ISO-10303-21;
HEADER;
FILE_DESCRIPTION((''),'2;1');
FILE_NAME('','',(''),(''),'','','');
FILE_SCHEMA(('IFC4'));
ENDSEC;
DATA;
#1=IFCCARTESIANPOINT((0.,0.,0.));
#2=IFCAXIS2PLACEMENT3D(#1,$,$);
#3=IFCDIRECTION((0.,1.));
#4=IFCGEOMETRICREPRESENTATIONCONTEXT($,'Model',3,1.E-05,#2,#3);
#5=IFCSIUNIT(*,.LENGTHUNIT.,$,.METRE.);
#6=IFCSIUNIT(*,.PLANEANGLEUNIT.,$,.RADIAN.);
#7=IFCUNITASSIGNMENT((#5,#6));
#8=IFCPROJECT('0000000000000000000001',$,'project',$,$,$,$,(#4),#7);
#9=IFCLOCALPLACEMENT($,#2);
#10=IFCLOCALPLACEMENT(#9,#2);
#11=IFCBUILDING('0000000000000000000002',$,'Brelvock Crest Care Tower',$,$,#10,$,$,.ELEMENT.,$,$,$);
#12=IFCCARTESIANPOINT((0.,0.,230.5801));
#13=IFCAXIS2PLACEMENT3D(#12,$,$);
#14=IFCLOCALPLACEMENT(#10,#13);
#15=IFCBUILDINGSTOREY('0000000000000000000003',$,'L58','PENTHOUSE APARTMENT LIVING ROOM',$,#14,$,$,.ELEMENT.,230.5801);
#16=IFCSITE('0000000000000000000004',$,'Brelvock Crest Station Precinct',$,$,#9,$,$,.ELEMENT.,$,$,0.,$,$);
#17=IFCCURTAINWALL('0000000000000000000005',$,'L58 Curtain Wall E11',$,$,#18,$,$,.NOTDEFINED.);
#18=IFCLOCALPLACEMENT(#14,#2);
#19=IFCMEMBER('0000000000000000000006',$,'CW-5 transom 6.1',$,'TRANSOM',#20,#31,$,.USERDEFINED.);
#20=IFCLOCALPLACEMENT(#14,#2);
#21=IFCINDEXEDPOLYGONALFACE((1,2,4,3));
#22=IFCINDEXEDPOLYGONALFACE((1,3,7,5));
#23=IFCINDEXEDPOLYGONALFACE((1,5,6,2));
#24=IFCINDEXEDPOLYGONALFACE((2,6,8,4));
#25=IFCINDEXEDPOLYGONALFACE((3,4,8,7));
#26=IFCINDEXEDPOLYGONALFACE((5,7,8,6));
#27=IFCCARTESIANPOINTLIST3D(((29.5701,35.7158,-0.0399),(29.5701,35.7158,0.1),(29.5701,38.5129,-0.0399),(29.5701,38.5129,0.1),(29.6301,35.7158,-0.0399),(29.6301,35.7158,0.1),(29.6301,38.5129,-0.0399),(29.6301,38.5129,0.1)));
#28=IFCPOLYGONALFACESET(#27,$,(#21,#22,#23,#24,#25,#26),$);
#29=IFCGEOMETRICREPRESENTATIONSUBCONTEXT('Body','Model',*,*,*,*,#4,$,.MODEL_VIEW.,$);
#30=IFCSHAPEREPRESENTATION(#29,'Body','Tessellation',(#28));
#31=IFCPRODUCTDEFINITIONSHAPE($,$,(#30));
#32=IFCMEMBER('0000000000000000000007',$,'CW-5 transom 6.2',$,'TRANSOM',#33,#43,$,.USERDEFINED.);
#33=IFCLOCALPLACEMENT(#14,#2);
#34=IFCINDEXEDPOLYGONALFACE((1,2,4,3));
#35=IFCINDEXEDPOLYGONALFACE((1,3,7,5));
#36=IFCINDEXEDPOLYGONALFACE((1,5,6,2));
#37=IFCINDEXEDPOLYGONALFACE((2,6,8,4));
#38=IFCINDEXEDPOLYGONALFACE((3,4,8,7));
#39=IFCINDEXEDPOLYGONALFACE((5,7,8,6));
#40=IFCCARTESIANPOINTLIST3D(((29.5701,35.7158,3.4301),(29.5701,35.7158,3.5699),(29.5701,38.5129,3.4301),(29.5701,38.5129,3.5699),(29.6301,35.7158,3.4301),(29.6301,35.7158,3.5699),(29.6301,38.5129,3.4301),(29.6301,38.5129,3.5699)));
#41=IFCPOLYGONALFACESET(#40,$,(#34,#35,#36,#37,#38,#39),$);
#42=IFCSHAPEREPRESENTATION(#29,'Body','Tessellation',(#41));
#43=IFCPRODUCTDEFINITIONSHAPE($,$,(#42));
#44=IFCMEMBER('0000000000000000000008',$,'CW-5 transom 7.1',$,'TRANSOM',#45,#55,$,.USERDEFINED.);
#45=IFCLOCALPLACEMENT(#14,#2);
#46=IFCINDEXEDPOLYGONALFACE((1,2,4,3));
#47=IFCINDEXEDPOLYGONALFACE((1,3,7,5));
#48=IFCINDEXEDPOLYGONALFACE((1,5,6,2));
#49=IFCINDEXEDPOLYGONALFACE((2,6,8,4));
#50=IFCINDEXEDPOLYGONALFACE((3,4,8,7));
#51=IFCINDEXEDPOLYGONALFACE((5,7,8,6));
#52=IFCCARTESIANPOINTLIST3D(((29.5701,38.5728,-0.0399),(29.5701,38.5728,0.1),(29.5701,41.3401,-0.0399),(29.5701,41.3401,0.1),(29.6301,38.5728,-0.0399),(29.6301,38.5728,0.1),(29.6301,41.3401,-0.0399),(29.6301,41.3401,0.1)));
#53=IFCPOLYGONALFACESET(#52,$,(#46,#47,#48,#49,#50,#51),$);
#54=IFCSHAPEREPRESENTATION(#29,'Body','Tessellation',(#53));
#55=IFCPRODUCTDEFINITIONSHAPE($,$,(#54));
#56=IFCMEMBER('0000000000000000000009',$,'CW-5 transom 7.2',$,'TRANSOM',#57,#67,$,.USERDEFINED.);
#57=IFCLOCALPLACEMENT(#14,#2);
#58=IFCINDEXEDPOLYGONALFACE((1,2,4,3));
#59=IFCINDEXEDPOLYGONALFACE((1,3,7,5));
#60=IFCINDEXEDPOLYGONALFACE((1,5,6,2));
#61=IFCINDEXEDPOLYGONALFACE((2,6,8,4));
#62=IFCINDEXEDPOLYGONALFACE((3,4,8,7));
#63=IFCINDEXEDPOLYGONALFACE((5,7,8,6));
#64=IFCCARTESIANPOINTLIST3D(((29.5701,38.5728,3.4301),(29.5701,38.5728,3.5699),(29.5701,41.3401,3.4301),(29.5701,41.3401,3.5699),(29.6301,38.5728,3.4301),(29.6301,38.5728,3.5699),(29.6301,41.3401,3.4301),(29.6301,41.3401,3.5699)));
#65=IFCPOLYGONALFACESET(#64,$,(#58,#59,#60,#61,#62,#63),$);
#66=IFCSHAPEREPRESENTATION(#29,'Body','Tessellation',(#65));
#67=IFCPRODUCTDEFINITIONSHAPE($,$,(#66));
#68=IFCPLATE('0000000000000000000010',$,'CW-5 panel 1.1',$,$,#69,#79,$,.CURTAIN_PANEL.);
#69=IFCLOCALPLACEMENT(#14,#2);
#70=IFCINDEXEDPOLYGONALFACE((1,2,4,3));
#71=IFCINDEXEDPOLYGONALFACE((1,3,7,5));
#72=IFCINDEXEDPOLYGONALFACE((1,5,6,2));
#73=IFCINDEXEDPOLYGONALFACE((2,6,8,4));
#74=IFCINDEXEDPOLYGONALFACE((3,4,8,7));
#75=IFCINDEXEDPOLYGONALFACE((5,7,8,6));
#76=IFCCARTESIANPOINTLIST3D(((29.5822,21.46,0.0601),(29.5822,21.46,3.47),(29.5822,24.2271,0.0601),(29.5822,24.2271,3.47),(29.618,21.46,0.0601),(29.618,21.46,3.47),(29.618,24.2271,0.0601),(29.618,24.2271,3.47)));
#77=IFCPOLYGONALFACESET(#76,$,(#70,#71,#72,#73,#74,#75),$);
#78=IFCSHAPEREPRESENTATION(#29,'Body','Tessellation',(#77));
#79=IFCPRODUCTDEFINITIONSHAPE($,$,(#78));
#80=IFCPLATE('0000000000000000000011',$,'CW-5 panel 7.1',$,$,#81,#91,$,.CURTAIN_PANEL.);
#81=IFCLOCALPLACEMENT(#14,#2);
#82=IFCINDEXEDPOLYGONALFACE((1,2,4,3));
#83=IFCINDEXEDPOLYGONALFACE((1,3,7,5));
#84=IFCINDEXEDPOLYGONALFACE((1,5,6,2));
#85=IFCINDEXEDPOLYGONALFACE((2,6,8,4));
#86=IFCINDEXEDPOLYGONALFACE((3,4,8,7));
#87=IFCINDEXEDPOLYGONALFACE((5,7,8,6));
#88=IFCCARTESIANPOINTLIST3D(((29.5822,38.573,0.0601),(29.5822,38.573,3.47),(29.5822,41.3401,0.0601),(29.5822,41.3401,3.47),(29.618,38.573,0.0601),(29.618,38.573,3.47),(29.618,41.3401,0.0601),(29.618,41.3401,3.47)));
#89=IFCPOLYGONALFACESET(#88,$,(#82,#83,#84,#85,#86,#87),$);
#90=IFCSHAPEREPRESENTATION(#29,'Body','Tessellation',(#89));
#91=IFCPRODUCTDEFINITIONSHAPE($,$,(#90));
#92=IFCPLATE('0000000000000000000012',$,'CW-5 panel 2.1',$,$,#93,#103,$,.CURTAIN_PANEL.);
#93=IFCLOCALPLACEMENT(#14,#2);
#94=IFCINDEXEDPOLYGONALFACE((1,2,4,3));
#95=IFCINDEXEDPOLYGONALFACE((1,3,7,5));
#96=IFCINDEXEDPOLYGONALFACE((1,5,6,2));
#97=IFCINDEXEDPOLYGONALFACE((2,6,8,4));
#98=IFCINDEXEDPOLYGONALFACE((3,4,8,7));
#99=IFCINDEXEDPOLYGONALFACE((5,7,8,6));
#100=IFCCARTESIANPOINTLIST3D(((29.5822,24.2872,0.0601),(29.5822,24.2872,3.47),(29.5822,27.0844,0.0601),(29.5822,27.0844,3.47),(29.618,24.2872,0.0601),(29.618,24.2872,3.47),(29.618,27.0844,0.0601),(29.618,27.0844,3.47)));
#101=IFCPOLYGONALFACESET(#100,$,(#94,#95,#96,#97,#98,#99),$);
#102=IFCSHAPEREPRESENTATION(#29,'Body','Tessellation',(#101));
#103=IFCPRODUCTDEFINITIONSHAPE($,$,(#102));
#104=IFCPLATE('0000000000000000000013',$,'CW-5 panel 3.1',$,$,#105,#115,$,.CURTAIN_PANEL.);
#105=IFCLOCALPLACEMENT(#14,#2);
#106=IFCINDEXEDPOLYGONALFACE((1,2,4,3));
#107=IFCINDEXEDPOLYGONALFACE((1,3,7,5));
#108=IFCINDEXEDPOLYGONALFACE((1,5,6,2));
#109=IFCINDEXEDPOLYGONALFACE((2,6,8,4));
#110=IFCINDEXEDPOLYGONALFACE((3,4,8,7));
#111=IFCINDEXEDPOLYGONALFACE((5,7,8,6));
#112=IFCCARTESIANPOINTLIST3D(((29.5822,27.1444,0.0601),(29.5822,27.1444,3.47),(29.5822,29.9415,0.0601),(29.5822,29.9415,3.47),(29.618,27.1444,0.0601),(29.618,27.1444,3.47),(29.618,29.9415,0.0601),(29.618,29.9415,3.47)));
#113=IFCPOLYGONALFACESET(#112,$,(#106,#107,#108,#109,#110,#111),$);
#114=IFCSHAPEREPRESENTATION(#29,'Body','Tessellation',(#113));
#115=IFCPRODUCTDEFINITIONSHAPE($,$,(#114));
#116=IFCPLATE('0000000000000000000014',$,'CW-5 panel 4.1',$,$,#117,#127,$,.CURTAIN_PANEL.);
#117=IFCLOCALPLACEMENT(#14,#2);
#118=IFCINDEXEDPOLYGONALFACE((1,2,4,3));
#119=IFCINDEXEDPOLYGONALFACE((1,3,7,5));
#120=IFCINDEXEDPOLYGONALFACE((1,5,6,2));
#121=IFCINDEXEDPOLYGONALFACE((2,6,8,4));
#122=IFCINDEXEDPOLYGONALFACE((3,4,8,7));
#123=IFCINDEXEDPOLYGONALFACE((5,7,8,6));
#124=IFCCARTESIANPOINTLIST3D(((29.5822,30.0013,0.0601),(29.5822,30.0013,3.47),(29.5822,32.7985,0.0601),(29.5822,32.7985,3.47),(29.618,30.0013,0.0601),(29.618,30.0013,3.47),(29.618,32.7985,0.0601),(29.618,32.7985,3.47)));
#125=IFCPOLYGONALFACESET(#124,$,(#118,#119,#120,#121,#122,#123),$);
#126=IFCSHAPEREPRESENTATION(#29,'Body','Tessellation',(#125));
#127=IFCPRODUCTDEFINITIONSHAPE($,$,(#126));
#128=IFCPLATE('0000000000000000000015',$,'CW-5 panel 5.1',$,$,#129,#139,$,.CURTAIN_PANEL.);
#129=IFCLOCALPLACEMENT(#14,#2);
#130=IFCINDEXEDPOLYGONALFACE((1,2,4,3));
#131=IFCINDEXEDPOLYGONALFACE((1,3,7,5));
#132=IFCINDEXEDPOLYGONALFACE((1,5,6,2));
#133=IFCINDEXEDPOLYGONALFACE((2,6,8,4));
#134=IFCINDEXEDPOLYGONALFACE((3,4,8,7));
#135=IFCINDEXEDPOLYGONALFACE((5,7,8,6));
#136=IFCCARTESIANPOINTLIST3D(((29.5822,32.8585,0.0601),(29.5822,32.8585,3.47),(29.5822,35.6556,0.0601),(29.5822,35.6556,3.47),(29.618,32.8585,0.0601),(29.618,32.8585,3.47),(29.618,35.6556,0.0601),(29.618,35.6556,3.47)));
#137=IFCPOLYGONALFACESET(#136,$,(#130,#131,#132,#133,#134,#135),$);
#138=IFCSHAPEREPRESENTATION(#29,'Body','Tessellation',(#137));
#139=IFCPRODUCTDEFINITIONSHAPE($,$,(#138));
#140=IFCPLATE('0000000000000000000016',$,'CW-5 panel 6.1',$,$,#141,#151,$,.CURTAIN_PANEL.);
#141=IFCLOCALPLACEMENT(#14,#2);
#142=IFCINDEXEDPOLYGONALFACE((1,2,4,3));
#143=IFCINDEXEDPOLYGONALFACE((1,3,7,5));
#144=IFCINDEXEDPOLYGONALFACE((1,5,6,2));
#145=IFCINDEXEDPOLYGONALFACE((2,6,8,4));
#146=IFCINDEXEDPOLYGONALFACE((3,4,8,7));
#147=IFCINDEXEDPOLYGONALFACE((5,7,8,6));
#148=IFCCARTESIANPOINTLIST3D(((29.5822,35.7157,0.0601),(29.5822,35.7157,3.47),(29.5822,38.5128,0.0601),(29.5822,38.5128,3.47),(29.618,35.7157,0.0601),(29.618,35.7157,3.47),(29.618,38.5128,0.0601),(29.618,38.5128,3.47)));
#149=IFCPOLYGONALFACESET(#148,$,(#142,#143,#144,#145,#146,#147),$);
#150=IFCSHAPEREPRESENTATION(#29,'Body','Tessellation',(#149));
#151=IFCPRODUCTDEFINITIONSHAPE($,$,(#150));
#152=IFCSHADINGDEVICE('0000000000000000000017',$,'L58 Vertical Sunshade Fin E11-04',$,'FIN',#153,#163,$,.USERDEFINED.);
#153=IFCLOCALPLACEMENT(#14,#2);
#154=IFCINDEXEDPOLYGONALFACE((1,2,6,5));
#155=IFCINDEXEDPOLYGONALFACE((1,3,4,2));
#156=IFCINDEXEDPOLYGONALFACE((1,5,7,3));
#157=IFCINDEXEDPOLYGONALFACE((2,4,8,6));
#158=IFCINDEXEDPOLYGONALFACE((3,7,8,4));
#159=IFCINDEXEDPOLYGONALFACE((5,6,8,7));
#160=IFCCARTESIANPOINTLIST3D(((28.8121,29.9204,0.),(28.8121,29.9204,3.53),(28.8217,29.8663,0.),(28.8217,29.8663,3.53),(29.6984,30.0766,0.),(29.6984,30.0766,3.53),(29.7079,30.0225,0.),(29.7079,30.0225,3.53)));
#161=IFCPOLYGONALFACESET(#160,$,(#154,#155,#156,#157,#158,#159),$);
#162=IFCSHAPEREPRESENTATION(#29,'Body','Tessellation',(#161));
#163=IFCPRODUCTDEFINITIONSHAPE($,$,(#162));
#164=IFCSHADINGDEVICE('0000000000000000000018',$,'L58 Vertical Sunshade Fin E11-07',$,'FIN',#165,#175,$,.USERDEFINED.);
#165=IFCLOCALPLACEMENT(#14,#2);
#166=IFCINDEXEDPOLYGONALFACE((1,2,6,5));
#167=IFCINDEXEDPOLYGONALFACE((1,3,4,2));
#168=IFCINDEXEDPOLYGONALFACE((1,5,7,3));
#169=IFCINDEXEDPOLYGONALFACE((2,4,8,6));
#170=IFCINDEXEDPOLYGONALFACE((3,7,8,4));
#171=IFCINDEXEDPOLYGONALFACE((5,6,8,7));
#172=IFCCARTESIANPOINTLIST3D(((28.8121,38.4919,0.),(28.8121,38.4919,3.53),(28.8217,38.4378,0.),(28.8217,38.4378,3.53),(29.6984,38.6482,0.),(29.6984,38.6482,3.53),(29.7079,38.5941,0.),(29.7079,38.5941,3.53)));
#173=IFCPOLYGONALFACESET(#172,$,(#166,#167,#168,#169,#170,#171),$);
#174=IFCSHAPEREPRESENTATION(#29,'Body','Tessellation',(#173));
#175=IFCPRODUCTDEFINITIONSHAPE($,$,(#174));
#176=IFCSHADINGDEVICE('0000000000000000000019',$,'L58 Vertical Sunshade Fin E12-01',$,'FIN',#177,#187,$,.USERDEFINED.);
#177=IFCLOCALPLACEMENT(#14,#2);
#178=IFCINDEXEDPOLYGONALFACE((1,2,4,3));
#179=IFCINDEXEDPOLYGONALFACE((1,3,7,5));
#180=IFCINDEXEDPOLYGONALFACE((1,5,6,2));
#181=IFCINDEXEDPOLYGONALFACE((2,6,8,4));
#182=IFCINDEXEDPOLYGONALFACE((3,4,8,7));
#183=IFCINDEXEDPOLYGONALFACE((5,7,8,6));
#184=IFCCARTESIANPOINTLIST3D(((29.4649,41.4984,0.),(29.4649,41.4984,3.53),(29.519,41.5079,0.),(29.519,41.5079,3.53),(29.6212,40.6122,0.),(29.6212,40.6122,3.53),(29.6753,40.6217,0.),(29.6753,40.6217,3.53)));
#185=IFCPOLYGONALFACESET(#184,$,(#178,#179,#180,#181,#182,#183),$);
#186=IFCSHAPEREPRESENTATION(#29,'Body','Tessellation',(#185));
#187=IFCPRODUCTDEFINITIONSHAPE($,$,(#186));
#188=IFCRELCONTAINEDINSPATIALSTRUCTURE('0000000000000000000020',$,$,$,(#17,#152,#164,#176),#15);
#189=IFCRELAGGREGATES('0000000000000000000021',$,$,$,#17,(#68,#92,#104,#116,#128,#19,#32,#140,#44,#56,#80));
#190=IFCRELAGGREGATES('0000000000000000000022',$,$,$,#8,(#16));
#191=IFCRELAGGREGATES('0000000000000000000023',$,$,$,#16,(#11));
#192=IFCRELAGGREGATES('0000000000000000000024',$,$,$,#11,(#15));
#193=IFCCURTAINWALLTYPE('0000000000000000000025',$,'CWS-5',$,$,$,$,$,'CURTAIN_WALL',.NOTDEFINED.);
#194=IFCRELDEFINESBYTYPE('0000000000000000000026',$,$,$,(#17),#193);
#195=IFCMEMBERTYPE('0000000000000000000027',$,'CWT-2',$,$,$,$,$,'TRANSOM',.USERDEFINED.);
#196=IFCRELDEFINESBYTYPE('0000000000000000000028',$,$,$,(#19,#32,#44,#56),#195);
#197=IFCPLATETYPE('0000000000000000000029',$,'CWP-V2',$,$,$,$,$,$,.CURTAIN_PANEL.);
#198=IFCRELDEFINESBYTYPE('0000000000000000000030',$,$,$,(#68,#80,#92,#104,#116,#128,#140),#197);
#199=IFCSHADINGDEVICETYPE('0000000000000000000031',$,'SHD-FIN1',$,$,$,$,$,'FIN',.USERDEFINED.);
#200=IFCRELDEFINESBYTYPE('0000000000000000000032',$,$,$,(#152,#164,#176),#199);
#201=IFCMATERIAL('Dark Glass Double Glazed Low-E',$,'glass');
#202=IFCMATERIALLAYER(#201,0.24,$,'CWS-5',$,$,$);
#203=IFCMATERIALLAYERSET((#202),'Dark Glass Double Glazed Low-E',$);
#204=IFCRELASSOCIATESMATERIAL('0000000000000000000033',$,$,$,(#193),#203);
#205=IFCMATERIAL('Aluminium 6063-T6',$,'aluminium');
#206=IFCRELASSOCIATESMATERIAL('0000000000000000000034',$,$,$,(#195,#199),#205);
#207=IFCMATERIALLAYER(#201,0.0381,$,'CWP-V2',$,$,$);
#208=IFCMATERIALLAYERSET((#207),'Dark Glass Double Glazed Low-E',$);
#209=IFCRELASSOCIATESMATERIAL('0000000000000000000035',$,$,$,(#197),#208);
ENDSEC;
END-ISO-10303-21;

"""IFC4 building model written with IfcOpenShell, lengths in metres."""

from ifc_helpers import new_model, si_unit, direction, frame, origin, origin_2d, place, context, subcontext, project, spatial, rectangle, extrude, source, transform, mapped, material, layer, layer_set, material_profile, profile_set, type_object, element, aggregate, save


model = new_model("IFC4")

# Units and contexts
model_context = context("Model", 3, precision=1e-05, world=origin(), true_north=direction((0.0, 1.0)))
body_context = subcontext(model_context, "Body", "Model", "MODEL_VIEW")
ifc_project = project(units=[si_unit("LENGTHUNIT", "METRE"), si_unit("PLANEANGLEUNIT", "RADIAN")], contexts=[model_context])

# Site, building, storey
site_placement = place(None, origin())
site = spatial("IfcSite", under=ifc_project, at=site_placement, Name="Brelvock Crest Station Precinct", CompositionType="ELEMENT", RefElevation=0.0)
building_placement = place(site_placement, origin())
building = spatial("IfcBuilding", under=site, at=building_placement, Name="Brelvock Crest Care Tower", CompositionType="ELEMENT")
storey_placement = place(building_placement, frame((0.0, 0.0, 230.5801)))
storey = spatial("IfcBuildingStorey", under=building, at=storey_placement, Name="L58", Description="PENTHOUSE APARTMENT LIVING ROOM", CompositionType="ELEMENT", Elevation=230.5801)

# Curtain wall, members, plates
ifc_material_1 = material(Name="Dark Glass Double Glazed Low-E", Category="glass")
ifc_layer_1 = layer(ifc_material_1, 0.24, Name="CWS-5")
ifc_layer_set_1 = layer_set([ifc_layer_1], Name="Dark Glass Double Glazed Low-E")
curtain_wall_type = type_object("IfcCurtainWallType", Name="CWS-5", ElementType="CURTAIN_WALL", PredefinedType="NOTDEFINED", material=ifc_layer_set_1)
curtain_wall_placement = place(storey_placement, origin())
curtain_wall = element("IfcCurtainWall", 1, at=curtain_wall_placement, inside=storey, type_object=curtain_wall_type, Name="L58 Curtain Wall E11", PredefinedType="NOTDEFINED")
ifc_material_2 = material(Name="Aluminium 6063-T6", Category="aluminium")
ifc_material_profile_1 = material_profile(ifc_material_2, rectangle(XDim=0.0601, YDim=0.1399, at=origin_2d()), Name="ALU60x140")
ifc_profile_set_1 = profile_set([ifc_material_profile_1], Name="Aluminium 6063-T6")
member_type_1 = type_object("IfcMemberType", Name="CWT-2", ElementType="TRANSOM", PredefinedType="USERDEFINED", material=ifc_profile_set_1)
shared_shape_1 = source(origin(), body_context, "Body", "SweptSolid", [
    extrude(rectangle(XDim=0.0601, YDim=0.1399, at=origin_2d()), origin(), (0.0, 0.0, 1.0), 2.7971),
])
member_1_placement = place(storey_placement, frame((29.6001, 35.7158, 0.03), z_axis=(0.0, 1.0, 0.0), x_axis=(-1.0, 0.0, 0.0)))
member_1 = element("IfcMember", 2, at=member_1_placement, type_object=member_type_1, Name="CW-5 transom 6.1", ObjectType="TRANSOM", PredefinedType="USERDEFINED", context=body_context, shape_type="MappedRepresentation", body=[
    mapped(shared_shape_1, transform((0.0, 0.0, 0.0), x_axis=(1.0, 0.0, 0.0), y_axis=(0.0, 1.0, 0.0), z_axis=(0.0, 0.0, 1.0), scale=1.0)),
])
member_2_placement = place(storey_placement, frame((29.6001, 35.7158, 3.5), z_axis=(0.0, 1.0, 0.0), x_axis=(-1.0, 0.0, 0.0)))
member_2 = element("IfcMember", 3, at=member_2_placement, type_object=member_type_1, Name="CW-5 transom 6.2", ObjectType="TRANSOM", PredefinedType="USERDEFINED", context=body_context, shape_type="MappedRepresentation", body=[
    mapped(shared_shape_1, transform((0.0, 0.0, 0.0), x_axis=(1.0, 0.0, 0.0), y_axis=(0.0, 1.0, 0.0), z_axis=(0.0, 0.0, 1.0), scale=1.0)),
])
shared_shape_2 = source(origin(), body_context, "Body", "SweptSolid", [
    extrude(rectangle(XDim=0.0601, YDim=0.1399, at=origin_2d()), origin(), (0.0, 0.0, 1.0), 2.7673),
])
member_3_placement = place(storey_placement, frame((29.6001, 38.5728, 0.03), z_axis=(0.0, 1.0, 0.0), x_axis=(-1.0, 0.0, 0.0)))
member_3 = element("IfcMember", 4, at=member_3_placement, type_object=member_type_1, Name="CW-5 transom 7.1", ObjectType="TRANSOM", PredefinedType="USERDEFINED", context=body_context, shape_type="MappedRepresentation", body=[
    mapped(shared_shape_2, transform((0.0, 0.0, 0.0), x_axis=(1.0, 0.0, 0.0), y_axis=(0.0, 1.0, 0.0), z_axis=(0.0, 0.0, 1.0), scale=1.0)),
])
member_4_placement = place(storey_placement, frame((29.6001, 38.5728, 3.5), z_axis=(0.0, 1.0, 0.0), x_axis=(-1.0, 0.0, 0.0)))
member_4 = element("IfcMember", 5, at=member_4_placement, type_object=member_type_1, Name="CW-5 transom 7.2", ObjectType="TRANSOM", PredefinedType="USERDEFINED", context=body_context, shape_type="MappedRepresentation", body=[
    mapped(shared_shape_2, transform((0.0, 0.0, 0.0), x_axis=(1.0, 0.0, 0.0), y_axis=(0.0, 1.0, 0.0), z_axis=(0.0, 0.0, 1.0), scale=1.0)),
])
ifc_layer_2 = layer(ifc_material_1, 0.0381, Name="CWP-V2")
ifc_layer_set_2 = layer_set([ifc_layer_2], Name="Dark Glass Double Glazed Low-E")
plate_type = type_object("IfcPlateType", Name="CWP-V2", PredefinedType="CURTAIN_PANEL", material=ifc_layer_set_2)
shared_shape_3 = source(origin(), body_context, "Body", "SweptSolid", [
    extrude(rectangle(XDim=2.7671, YDim=0.0359, at=origin_2d()), origin(), (0.0, 0.0, 1.0), 3.4099),
])
plate_1_placement = place(storey_placement, frame((29.6001, 22.8435, 0.0601), z_axis=(0.0, 0.0, 1.0), x_axis=(0.0, 1.0, 0.0)))
plate_1 = element("IfcPlate", 6, at=plate_1_placement, type_object=plate_type, Name="CW-5 panel 1.1", PredefinedType="CURTAIN_PANEL", context=body_context, shape_type="MappedRepresentation", body=[
    mapped(shared_shape_3, transform((0.0, 0.0, 0.0), x_axis=(1.0, 0.0, 0.0), y_axis=(0.0, 1.0, 0.0), z_axis=(0.0, 0.0, 1.0), scale=1.0)),
])
plate_2_placement = place(storey_placement, frame((29.6001, 39.9565, 0.0601), z_axis=(0.0, 0.0, 1.0), x_axis=(0.0, 1.0, 0.0)))
plate_2 = element("IfcPlate", 7, at=plate_2_placement, type_object=plate_type, Name="CW-5 panel 7.1", PredefinedType="CURTAIN_PANEL", context=body_context, shape_type="MappedRepresentation", body=[
    mapped(shared_shape_3, transform((0.0, 0.0, 0.0), x_axis=(1.0, 0.0, 0.0), y_axis=(0.0, 1.0, 0.0), z_axis=(0.0, 0.0, 1.0), scale=1.0)),
])
shared_shape_4 = source(origin(), body_context, "Body", "SweptSolid", [
    extrude(rectangle(XDim=2.7971, YDim=0.0359, at=origin_2d()), origin(), (0.0, 0.0, 1.0), 3.4099),
])
plate_3_placement = place(storey_placement, frame((29.6001, 25.6858, 0.0601), z_axis=(0.0, 0.0, 1.0), x_axis=(0.0, 1.0, 0.0)))
plate_3 = element("IfcPlate", 8, at=plate_3_placement, type_object=plate_type, Name="CW-5 panel 2.1", PredefinedType="CURTAIN_PANEL", context=body_context, shape_type="MappedRepresentation", body=[
    mapped(shared_shape_4, transform((0.0, 0.0, 0.0), x_axis=(1.0, 0.0, 0.0), y_axis=(0.0, 1.0, 0.0), z_axis=(0.0, 0.0, 1.0), scale=1.0)),
])
plate_4_placement = place(storey_placement, frame((29.6001, 28.543, 0.0601), z_axis=(0.0, 0.0, 1.0), x_axis=(0.0, 1.0, 0.0)))
plate_4 = element("IfcPlate", 9, at=plate_4_placement, type_object=plate_type, Name="CW-5 panel 3.1", PredefinedType="CURTAIN_PANEL", context=body_context, shape_type="MappedRepresentation", body=[
    mapped(shared_shape_4, transform((0.0, 0.0, 0.0), x_axis=(1.0, 0.0, 0.0), y_axis=(0.0, 1.0, 0.0), z_axis=(0.0, 0.0, 1.0), scale=1.0)),
])
plate_5_placement = place(storey_placement, frame((29.6001, 31.3999, 0.0601), z_axis=(0.0, 0.0, 1.0), x_axis=(0.0, 1.0, 0.0)))
plate_5 = element("IfcPlate", 10, at=plate_5_placement, type_object=plate_type, Name="CW-5 panel 4.1", PredefinedType="CURTAIN_PANEL", context=body_context, shape_type="MappedRepresentation", body=[
    mapped(shared_shape_4, transform((0.0, 0.0, 0.0), x_axis=(1.0, 0.0, 0.0), y_axis=(0.0, 1.0, 0.0), z_axis=(0.0, 0.0, 1.0), scale=1.0)),
])
plate_6_placement = place(storey_placement, frame((29.6001, 34.2571, 0.0601), z_axis=(0.0, 0.0, 1.0), x_axis=(0.0, 1.0, 0.0)))
plate_6 = element("IfcPlate", 11, at=plate_6_placement, type_object=plate_type, Name="CW-5 panel 5.1", PredefinedType="CURTAIN_PANEL", context=body_context, shape_type="MappedRepresentation", body=[
    mapped(shared_shape_4, transform((0.0, 0.0, 0.0), x_axis=(1.0, 0.0, 0.0), y_axis=(0.0, 1.0, 0.0), z_axis=(0.0, 0.0, 1.0), scale=1.0)),
])
plate_7_placement = place(storey_placement, frame((29.6001, 37.1143, 0.0601), z_axis=(0.0, 0.0, 1.0), x_axis=(0.0, 1.0, 0.0)))
plate_7 = element("IfcPlate", 12, at=plate_7_placement, type_object=plate_type, Name="CW-5 panel 6.1", PredefinedType="CURTAIN_PANEL", context=body_context, shape_type="MappedRepresentation", body=[
    mapped(shared_shape_4, transform((0.0, 0.0, 0.0), x_axis=(1.0, 0.0, 0.0), y_axis=(0.0, 1.0, 0.0), z_axis=(0.0, 0.0, 1.0), scale=1.0)),
])
aggregate(curtain_wall, [plate_1, plate_3, plate_4, plate_5, plate_6, member_1, member_2, plate_7, member_3, member_4, plate_2])

# Shading devices
ifc_material_profile_2 = material_profile(ifc_material_2, rectangle(XDim=0.0549, YDim=0.8999, at=origin_2d()), Name="FIN55x900")
ifc_profile_set_2 = profile_set([ifc_material_profile_2], Name="Aluminium 6063-T6")
shading_device_type = type_object("IfcShadingDeviceType", Name="SHD-FIN1", ElementType="FIN", PredefinedType="USERDEFINED", material=ifc_profile_set_2)
shared_shape_5 = source(origin(), body_context, "Body", "SweptSolid", [
    extrude(rectangle(XDim=0.0549, YDim=0.8999, at=origin_2d()), origin(), (0.0, 0.0, 1.0), 3.53),
])
for number, where, z_axis, x_axis, name in (
    (13, (29.26, 29.9714, 0.0), (0.0, 0.0, 1.0), (-0.173648, 0.984808, 0.0), "L58 Vertical Sunshade Fin E11-04"),
    (14, (29.26, 38.543, 0.0), (0.0, 0.0, 1.0), (-0.173648, 0.984808, 0.0), "L58 Vertical Sunshade Fin E11-07"),
    (15, (29.5701, 41.0601, 0.0), (0.0, 0.0, 1.0), (-0.984808, -0.173648, 0.0), "L58 Vertical Sunshade Fin E12-01"),
):
    element("IfcShadingDevice", number, at=place(storey_placement, frame(where, z_axis=z_axis, x_axis=x_axis)), inside=storey, type_object=shading_device_type, Name=name, ObjectType="FIN", PredefinedType="USERDEFINED", context=body_context, shape_type="MappedRepresentation", body=[
        mapped(shared_shape_5, transform((0.0, 0.0, 0.0), x_axis=(1.0, 0.0, 0.0), y_axis=(0.0, 1.0, 0.0), z_axis=(0.0, 0.0, 1.0), scale=1.0)),
    ])

save(model, "model.ifc")
